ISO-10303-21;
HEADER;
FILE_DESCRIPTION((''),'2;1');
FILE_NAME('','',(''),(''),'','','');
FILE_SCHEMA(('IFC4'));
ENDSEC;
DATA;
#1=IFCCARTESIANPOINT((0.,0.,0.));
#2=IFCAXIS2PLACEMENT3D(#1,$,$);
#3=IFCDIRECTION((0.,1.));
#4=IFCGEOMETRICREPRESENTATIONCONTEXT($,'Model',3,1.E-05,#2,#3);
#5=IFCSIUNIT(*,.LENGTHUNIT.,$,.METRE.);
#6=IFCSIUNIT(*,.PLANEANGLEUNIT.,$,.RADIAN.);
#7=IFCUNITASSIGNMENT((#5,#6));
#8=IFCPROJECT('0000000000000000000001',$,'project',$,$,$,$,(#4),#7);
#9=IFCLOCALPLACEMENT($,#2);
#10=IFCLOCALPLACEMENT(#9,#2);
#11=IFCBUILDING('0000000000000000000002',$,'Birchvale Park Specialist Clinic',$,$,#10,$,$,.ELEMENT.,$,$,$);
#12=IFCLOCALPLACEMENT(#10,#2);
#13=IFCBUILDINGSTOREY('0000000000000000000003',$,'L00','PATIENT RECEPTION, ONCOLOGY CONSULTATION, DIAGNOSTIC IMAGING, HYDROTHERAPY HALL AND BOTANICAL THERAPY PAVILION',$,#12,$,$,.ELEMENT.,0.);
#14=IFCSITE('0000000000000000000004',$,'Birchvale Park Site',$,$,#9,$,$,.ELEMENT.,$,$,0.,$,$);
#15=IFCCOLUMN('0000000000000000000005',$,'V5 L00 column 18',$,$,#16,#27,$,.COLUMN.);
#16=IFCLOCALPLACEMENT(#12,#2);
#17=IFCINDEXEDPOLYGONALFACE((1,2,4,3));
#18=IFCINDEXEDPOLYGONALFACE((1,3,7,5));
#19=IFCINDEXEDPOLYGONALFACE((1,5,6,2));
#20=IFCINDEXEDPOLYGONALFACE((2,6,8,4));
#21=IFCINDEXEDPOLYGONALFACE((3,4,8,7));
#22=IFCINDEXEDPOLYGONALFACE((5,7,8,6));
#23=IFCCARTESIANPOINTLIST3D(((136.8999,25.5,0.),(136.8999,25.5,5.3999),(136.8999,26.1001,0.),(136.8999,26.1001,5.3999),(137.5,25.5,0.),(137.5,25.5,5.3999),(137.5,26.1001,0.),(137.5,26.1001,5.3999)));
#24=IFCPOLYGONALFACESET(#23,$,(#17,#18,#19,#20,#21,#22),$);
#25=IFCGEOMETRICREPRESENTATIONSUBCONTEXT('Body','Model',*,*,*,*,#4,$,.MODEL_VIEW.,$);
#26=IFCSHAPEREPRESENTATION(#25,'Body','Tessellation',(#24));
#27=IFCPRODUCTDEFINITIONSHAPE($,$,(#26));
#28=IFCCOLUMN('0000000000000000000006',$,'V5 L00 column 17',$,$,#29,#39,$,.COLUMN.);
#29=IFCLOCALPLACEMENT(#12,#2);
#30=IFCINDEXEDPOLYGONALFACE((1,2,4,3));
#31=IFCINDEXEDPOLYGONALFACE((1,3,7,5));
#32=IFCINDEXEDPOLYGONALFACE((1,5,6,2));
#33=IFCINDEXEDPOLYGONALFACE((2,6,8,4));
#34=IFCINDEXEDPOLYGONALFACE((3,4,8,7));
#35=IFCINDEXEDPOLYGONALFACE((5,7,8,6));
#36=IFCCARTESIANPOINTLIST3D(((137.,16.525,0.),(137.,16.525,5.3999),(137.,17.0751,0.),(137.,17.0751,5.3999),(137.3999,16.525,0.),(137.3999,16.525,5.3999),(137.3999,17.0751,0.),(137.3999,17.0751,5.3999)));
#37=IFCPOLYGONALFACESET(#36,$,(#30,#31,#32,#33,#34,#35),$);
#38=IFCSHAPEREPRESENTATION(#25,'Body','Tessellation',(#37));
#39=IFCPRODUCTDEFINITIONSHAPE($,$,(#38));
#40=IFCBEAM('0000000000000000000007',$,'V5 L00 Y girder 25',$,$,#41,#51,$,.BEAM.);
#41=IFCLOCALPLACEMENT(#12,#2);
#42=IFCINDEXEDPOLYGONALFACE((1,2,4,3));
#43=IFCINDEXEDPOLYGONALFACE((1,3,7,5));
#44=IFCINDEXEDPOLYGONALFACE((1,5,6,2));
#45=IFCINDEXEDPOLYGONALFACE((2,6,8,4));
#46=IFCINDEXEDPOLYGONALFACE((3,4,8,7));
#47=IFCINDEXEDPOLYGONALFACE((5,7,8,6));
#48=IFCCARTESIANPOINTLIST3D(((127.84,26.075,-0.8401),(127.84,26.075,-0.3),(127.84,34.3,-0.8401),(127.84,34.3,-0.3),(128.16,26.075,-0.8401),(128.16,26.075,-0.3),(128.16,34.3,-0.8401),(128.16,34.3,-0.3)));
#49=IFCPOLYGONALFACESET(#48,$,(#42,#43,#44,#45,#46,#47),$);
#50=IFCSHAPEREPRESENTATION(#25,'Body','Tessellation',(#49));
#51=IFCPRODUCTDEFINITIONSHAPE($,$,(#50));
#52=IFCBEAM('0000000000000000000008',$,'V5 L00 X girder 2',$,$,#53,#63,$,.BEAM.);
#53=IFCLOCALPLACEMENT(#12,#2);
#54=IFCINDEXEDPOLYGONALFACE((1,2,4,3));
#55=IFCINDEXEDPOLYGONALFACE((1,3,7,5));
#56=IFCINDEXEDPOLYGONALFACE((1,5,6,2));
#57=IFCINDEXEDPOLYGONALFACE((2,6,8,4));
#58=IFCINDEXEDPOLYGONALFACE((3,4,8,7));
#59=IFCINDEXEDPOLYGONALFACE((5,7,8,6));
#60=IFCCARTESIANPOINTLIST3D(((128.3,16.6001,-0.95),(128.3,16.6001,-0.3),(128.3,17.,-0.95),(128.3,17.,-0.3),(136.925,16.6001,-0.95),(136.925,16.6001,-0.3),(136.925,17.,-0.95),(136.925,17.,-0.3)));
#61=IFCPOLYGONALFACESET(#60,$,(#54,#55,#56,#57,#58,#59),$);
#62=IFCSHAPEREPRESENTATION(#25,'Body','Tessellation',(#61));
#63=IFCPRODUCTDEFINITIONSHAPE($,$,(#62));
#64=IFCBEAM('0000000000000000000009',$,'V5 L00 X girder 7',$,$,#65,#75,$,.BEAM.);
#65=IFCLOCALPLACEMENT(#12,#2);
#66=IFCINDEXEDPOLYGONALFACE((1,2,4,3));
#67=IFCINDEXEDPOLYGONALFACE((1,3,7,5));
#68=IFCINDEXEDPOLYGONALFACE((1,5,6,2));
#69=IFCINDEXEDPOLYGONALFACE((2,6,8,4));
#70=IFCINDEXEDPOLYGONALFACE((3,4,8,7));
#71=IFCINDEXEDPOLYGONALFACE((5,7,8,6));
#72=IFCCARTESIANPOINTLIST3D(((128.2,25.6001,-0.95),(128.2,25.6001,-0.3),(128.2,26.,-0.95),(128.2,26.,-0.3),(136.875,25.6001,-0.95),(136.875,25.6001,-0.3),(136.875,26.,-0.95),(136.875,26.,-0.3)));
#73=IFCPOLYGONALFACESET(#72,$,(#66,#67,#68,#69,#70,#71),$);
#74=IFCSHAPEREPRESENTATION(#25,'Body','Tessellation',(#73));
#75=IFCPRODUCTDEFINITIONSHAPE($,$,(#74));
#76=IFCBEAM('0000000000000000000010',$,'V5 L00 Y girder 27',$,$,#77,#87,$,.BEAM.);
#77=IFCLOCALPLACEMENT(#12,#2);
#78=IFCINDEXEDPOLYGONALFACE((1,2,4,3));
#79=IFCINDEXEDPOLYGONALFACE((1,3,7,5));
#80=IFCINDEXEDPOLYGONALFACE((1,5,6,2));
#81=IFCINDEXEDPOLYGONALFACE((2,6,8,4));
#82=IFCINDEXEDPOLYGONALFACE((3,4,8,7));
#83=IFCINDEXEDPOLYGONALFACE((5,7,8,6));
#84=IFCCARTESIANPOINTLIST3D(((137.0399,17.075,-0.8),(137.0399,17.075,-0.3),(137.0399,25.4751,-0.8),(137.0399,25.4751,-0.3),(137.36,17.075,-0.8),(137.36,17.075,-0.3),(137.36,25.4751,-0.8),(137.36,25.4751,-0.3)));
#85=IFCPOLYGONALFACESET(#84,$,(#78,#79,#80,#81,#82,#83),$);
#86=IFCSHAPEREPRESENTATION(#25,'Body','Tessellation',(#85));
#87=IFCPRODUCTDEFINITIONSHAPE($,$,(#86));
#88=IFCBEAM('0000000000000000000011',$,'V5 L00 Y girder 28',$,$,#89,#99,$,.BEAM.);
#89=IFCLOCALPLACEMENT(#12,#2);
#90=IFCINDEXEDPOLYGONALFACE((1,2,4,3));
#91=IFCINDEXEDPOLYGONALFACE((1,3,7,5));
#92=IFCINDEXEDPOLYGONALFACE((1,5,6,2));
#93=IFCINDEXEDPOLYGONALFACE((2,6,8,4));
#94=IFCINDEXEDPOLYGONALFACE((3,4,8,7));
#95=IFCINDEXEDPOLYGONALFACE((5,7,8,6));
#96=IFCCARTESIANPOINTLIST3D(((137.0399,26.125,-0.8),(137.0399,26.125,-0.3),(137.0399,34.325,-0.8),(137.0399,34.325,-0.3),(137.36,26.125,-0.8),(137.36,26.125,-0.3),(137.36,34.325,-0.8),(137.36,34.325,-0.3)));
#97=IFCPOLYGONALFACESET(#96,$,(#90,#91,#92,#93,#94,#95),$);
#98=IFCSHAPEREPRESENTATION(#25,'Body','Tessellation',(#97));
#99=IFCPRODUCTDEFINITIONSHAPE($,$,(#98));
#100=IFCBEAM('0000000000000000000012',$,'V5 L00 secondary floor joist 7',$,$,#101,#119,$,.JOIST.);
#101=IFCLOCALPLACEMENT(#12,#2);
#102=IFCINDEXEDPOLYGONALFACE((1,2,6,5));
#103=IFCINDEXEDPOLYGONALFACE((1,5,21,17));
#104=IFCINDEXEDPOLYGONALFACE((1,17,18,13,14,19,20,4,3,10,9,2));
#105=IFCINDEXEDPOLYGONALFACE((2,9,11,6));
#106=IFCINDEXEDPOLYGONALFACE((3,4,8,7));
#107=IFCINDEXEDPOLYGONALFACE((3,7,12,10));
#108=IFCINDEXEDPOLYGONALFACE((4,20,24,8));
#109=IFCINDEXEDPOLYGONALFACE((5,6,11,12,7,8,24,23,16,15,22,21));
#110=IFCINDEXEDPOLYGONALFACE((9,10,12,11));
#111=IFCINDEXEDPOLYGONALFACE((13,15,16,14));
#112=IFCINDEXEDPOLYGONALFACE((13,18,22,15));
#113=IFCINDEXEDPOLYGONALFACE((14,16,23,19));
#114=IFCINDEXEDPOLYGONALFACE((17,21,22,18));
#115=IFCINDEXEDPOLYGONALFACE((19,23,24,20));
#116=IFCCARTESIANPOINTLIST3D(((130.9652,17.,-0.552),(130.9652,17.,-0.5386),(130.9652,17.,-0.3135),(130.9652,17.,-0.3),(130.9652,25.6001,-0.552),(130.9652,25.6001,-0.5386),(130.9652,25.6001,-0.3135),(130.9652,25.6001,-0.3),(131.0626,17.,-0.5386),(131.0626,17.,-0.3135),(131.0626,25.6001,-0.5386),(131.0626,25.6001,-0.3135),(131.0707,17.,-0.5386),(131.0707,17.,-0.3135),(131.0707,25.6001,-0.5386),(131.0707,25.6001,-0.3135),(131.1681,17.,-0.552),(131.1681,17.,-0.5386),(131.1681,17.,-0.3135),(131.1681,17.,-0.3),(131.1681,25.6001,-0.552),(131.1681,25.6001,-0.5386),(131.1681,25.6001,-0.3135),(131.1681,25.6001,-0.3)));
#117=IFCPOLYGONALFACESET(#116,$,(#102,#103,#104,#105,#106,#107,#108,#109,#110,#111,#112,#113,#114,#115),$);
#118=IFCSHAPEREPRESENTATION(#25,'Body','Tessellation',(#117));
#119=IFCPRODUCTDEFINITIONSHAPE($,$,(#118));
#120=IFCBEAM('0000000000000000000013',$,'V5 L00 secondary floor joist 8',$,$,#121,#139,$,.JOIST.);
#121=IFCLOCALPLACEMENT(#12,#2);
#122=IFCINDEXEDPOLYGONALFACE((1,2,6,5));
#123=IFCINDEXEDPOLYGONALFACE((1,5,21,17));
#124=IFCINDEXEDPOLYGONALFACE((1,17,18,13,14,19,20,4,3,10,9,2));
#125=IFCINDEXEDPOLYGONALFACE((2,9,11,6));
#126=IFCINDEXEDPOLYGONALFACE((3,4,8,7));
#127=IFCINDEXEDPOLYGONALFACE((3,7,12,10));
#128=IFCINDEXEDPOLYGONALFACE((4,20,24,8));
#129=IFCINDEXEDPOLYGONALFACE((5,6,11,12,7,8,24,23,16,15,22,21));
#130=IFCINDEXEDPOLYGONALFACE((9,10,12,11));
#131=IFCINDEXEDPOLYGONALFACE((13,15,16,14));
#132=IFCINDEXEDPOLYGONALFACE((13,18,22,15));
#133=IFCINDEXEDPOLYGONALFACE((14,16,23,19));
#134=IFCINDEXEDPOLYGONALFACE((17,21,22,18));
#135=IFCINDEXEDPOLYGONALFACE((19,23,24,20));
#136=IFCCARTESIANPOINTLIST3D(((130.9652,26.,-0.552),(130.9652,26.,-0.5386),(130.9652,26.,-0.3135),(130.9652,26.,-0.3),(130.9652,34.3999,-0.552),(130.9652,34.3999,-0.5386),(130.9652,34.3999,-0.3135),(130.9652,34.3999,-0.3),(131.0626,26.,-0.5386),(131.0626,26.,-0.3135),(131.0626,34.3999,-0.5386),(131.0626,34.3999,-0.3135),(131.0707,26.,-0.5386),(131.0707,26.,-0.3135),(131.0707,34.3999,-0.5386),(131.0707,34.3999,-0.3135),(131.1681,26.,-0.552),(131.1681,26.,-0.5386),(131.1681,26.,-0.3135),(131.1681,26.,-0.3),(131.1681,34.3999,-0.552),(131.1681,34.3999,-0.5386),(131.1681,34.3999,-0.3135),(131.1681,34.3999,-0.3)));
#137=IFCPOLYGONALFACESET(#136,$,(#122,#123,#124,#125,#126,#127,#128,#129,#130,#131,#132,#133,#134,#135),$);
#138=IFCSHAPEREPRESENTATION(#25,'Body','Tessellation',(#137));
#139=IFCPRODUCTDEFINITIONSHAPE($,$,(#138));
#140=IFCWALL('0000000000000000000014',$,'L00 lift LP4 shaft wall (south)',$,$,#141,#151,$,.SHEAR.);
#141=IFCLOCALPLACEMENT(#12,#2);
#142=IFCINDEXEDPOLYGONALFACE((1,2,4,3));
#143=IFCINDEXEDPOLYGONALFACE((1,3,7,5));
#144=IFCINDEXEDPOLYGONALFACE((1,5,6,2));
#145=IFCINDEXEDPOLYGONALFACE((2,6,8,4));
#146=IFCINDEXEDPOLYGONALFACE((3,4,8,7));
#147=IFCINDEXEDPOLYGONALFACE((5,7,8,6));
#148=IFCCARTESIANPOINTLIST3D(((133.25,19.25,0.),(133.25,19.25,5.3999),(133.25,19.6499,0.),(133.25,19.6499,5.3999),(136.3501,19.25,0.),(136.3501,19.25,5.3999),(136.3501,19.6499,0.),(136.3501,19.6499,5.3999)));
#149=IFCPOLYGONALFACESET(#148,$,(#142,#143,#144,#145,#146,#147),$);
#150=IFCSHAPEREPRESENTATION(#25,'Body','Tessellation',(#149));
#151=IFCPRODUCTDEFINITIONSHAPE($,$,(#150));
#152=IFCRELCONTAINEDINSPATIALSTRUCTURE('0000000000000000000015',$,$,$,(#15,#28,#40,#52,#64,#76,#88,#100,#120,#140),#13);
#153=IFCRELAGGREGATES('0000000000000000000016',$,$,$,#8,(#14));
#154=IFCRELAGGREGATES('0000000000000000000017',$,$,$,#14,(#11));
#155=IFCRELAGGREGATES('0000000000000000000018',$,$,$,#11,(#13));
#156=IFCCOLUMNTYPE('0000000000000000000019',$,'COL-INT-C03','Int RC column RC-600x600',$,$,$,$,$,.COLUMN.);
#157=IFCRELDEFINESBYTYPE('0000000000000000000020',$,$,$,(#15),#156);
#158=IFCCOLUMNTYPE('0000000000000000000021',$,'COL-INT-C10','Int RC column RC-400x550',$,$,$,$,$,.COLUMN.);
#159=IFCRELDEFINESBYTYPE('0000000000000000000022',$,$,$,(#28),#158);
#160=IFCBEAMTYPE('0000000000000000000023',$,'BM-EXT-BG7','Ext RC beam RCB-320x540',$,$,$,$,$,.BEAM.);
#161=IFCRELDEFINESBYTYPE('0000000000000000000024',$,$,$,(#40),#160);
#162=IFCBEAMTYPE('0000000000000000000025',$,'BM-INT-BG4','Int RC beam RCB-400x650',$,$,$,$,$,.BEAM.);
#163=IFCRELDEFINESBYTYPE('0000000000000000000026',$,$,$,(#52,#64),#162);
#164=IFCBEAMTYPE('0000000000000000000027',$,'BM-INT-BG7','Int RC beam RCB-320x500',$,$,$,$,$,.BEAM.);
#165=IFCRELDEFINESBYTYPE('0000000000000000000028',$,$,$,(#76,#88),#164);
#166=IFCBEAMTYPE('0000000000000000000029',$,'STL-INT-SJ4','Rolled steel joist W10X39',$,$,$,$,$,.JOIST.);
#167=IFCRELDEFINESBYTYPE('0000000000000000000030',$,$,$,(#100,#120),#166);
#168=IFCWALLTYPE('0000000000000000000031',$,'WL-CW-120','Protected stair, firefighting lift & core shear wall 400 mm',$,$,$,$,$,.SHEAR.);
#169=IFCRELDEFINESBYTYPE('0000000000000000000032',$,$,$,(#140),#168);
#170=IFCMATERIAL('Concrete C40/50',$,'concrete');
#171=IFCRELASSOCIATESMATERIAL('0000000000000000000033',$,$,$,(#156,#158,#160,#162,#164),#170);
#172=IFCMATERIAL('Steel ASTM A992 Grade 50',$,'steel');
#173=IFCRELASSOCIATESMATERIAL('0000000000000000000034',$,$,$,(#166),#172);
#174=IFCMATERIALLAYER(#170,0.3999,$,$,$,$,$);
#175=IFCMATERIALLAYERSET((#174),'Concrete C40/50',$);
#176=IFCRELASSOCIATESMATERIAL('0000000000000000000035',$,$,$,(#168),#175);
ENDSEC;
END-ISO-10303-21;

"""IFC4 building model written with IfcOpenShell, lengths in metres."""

from ifc_helpers import new_model, si_unit, direction, frame, frame_2d, origin, origin_2d, place, context, subcontext, project, spatial, rectangle, i_section, extrude, material, layer, layer_set, material_profile, profile_set, type_object, element, save


model = new_model("IFC4")

# Units and contexts
model_context = context("Model", 3, precision=1e-05, world=origin(), true_north=direction((0.0, 1.0)))
body_context = subcontext(model_context, "Body", "Model", "MODEL_VIEW")
ifc_project = project(units=[si_unit("LENGTHUNIT", "METRE"), si_unit("PLANEANGLEUNIT", "RADIAN")], contexts=[model_context])

# Site, building, storey
site_placement = place(None, origin())
site = spatial("IfcSite", under=ifc_project, at=site_placement, Name="Birchvale Park Site", CompositionType="ELEMENT", RefElevation=0.0)
building_placement = place(site_placement, origin())
building = spatial("IfcBuilding", under=site, at=building_placement, Name="Birchvale Park Specialist Clinic", CompositionType="ELEMENT")
storey_placement = place(building_placement, origin())
storey = spatial("IfcBuildingStorey", under=building, at=storey_placement, Name="L00", Description="PATIENT RECEPTION, ONCOLOGY CONSULTATION, DIAGNOSTIC IMAGING, HYDROTHERAPY HALL AND BOTANICAL THERAPY PAVILION", CompositionType="ELEMENT", Elevation=0.0)

# Columns
ifc_material_1 = material(Name="Concrete C40/50", Category="concrete")
ifc_material_profile_1 = material_profile(ifc_material_1, rectangle(XDim=0.6001, YDim=0.6001, at=origin_2d()), Name="RC-600x600")
ifc_profile_set_1 = profile_set([ifc_material_profile_1], Name="Concrete C40/50")
column_type_1 = type_object("IfcColumnType", Name="COL-INT-C03", Description="Int RC column RC-600x600", PredefinedType="COLUMN", material=ifc_profile_set_1)
column_1_placement = place(storey_placement, frame((137.2, 25.8, 0.0), z_axis=(0.0, 0.0, 1.0), x_axis=(1.0, 0.0, 0.0)))
element("IfcColumn", 1, at=column_1_placement, inside=storey, type_object=column_type_1, Name="V5 L00 column 18", PredefinedType="COLUMN", context=body_context, shape_type="SweptSolid", body=[
    extrude(rectangle(XDim=0.6001, YDim=0.6001, at=origin_2d()), origin(), (0.0, 0.0, 1.0), 5.3999),
])
ifc_material_profile_2 = material_profile(ifc_material_1, rectangle(XDim=0.3999, YDim=0.55, at=origin_2d()), Name="RC-400x550")
ifc_profile_set_2 = profile_set([ifc_material_profile_2], Name="Concrete C40/50")
column_type_2 = type_object("IfcColumnType", Name="COL-INT-C10", Description="Int RC column RC-400x550", PredefinedType="COLUMN", material=ifc_profile_set_2)
column_2_placement = place(storey_placement, frame((137.2, 16.8, 0.0), z_axis=(0.0, 0.0, 1.0), x_axis=(1.0, 0.0, 0.0)))
element("IfcColumn", 2, at=column_2_placement, inside=storey, type_object=column_type_2, Name="V5 L00 column 17", PredefinedType="COLUMN", context=body_context, shape_type="SweptSolid", body=[
    extrude(rectangle(XDim=0.3999, YDim=0.55, at=origin_2d()), origin(), (0.0, 0.0, 1.0), 5.3999),
])

# Beams
ifc_material_profile_3 = material_profile(ifc_material_1, rectangle(XDim=0.3201, YDim=0.54, at=origin_2d()), Name="RCB-320x540")
ifc_profile_set_3 = profile_set([ifc_material_profile_3], Name="Concrete C40/50")
beam_type_1 = type_object("IfcBeamType", Name="BM-EXT-BG7", Description="Ext RC beam RCB-320x540", PredefinedType="BEAM", material=ifc_profile_set_3)
beam_1_placement = place(storey_placement, frame((128.0, 26.075, -0.5701), z_axis=(0.0, 1.0, 0.0), x_axis=(-1.0, 0.0, 0.0)))
element("IfcBeam", 3, at=beam_1_placement, inside=storey, type_object=beam_type_1, Name="V5 L00 Y girder 25", PredefinedType="BEAM", context=body_context, shape_type="SweptSolid", body=[
    extrude(rectangle(XDim=0.3201, YDim=0.54, at=origin_2d()), origin(), (0.0, 0.0, 1.0), 8.2251),
])
ifc_material_profile_4 = material_profile(ifc_material_1, rectangle(XDim=0.3999, YDim=0.6499, at=origin_2d()), Name="RCB-400x650")
ifc_profile_set_4 = profile_set([ifc_material_profile_4], Name="Concrete C40/50")
beam_type_2 = type_object("IfcBeamType", Name="BM-INT-BG4", Description="Int RC beam RCB-400x650", PredefinedType="BEAM", material=ifc_profile_set_4)
beam_2_placement = place(storey_placement, frame((128.3, 16.8, -0.625), z_axis=(1.0, 0.0, 0.0), x_axis=(0.0, 1.0, 0.0)))
element("IfcBeam", 4, at=beam_2_placement, inside=storey, type_object=beam_type_2, Name="V5 L00 X girder 2", PredefinedType="BEAM", context=body_context, shape_type="SweptSolid", body=[
    extrude(rectangle(XDim=0.3999, YDim=0.6499, at=origin_2d()), origin(), (0.0, 0.0, 1.0), 8.625),
])
beam_3_placement = place(storey_placement, frame((128.2, 25.8, -0.625), z_axis=(1.0, 0.0, 0.0), x_axis=(0.0, 1.0, 0.0)))
element("IfcBeam", 5, at=beam_3_placement, inside=storey, type_object=beam_type_2, Name="V5 L00 X girder 7", PredefinedType="BEAM", context=body_context, shape_type="SweptSolid", body=[
    extrude(rectangle(XDim=0.3999, YDim=0.6499, at=origin_2d()), origin(), (0.0, 0.0, 1.0), 8.675),
])
ifc_material_profile_5 = material_profile(ifc_material_1, rectangle(XDim=0.3201, YDim=0.5, at=origin_2d()), Name="RCB-320x500")
ifc_profile_set_5 = profile_set([ifc_material_profile_5], Name="Concrete C40/50")
beam_type_3 = type_object("IfcBeamType", Name="BM-INT-BG7", Description="Int RC beam RCB-320x500", PredefinedType="BEAM", material=ifc_profile_set_5)
beam_4_placement = place(storey_placement, frame((137.2, 17.075, -0.55), z_axis=(0.0, 1.0, 0.0), x_axis=(-1.0, 0.0, 0.0)))
element("IfcBeam", 6, at=beam_4_placement, inside=storey, type_object=beam_type_3, Name="V5 L00 Y girder 27", PredefinedType="BEAM", context=body_context, shape_type="SweptSolid", body=[
    extrude(rectangle(XDim=0.3201, YDim=0.5, at=origin_2d()), origin(), (0.0, 0.0, 1.0), 8.4001),
])
beam_5_placement = place(storey_placement, frame((137.2, 26.125, -0.55), z_axis=(0.0, 1.0, 0.0), x_axis=(-1.0, 0.0, 0.0)))
element("IfcBeam", 7, at=beam_5_placement, inside=storey, type_object=beam_type_3, Name="V5 L00 Y girder 28", PredefinedType="BEAM", context=body_context, shape_type="SweptSolid", body=[
    extrude(rectangle(XDim=0.3201, YDim=0.5, at=origin_2d()), origin(), (0.0, 0.0, 1.0), 8.2),
])
ifc_material_2 = material(Name="Steel ASTM A992 Grade 50", Category="steel")
ifc_material_profile_6 = material_profile(ifc_material_2, i_section(OverallWidth=0.2029, OverallDepth=0.252, WebThickness=0.0081, FlangeThickness=0.0134, at=origin_2d()), Name="W10X39")
ifc_profile_set_6 = profile_set([ifc_material_profile_6], Name="Steel ASTM A992 Grade 50")
beam_type_4 = type_object("IfcBeamType", Name="STL-INT-SJ4", Description="Rolled steel joist W10X39", PredefinedType="JOIST", material=ifc_profile_set_6)
beam_6_placement = place(storey_placement, frame((131.0667, 17.0, -0.426), z_axis=(0.0, 1.0, 0.0), x_axis=(-1.0, 0.0, 0.0)))
element("IfcBeam", 8, at=beam_6_placement, inside=storey, type_object=beam_type_4, Name="V5 L00 secondary floor joist 7", PredefinedType="JOIST", context=body_context, shape_type="SweptSolid", body=[
    extrude(i_section(OverallWidth=0.2029, OverallDepth=0.252, WebThickness=0.0081, FlangeThickness=0.0134, at=origin_2d()), origin(), (0.0, 0.0, 1.0), 8.6001),
])
beam_7_placement = place(storey_placement, frame((131.0667, 26.0, -0.426), z_axis=(0.0, 1.0, 0.0), x_axis=(-1.0, 0.0, 0.0)))
element("IfcBeam", 9, at=beam_7_placement, inside=storey, type_object=beam_type_4, Name="V5 L00 secondary floor joist 8", PredefinedType="JOIST", context=body_context, shape_type="SweptSolid", body=[
    extrude(i_section(OverallWidth=0.2029, OverallDepth=0.252, WebThickness=0.0081, FlangeThickness=0.0134, at=origin_2d()), origin(), (0.0, 0.0, 1.0), 8.3999),
])

# Wall
ifc_layer_1 = layer(ifc_material_1, 0.3999)
ifc_layer_set_1 = layer_set([ifc_layer_1], Name="Concrete C40/50")
wall_type_1 = type_object("IfcWallType", Name="WL-CW-120", Description="Protected stair, firefighting lift & core shear wall 400 mm", PredefinedType="SHEAR", material=ifc_layer_set_1)
wall_1_placement = place(storey_placement, frame((133.25, 19.45, 0.0), z_axis=(0.0, 0.0, 1.0), x_axis=(1.0, 0.0, 0.0)))
element("IfcWall", 10, at=wall_1_placement, inside=storey, type_object=wall_type_1, Name="L00 lift LP4 shaft wall (south)", PredefinedType="SHEAR", context=body_context, shape_type="SweptSolid", body=[
    extrude(rectangle(XDim=3.1001, YDim=0.3999, at=frame_2d((1.55, 0.0))), origin(), (0.0, 0.0, 1.0), 5.3999),
])

save(model, "model.ifc")
